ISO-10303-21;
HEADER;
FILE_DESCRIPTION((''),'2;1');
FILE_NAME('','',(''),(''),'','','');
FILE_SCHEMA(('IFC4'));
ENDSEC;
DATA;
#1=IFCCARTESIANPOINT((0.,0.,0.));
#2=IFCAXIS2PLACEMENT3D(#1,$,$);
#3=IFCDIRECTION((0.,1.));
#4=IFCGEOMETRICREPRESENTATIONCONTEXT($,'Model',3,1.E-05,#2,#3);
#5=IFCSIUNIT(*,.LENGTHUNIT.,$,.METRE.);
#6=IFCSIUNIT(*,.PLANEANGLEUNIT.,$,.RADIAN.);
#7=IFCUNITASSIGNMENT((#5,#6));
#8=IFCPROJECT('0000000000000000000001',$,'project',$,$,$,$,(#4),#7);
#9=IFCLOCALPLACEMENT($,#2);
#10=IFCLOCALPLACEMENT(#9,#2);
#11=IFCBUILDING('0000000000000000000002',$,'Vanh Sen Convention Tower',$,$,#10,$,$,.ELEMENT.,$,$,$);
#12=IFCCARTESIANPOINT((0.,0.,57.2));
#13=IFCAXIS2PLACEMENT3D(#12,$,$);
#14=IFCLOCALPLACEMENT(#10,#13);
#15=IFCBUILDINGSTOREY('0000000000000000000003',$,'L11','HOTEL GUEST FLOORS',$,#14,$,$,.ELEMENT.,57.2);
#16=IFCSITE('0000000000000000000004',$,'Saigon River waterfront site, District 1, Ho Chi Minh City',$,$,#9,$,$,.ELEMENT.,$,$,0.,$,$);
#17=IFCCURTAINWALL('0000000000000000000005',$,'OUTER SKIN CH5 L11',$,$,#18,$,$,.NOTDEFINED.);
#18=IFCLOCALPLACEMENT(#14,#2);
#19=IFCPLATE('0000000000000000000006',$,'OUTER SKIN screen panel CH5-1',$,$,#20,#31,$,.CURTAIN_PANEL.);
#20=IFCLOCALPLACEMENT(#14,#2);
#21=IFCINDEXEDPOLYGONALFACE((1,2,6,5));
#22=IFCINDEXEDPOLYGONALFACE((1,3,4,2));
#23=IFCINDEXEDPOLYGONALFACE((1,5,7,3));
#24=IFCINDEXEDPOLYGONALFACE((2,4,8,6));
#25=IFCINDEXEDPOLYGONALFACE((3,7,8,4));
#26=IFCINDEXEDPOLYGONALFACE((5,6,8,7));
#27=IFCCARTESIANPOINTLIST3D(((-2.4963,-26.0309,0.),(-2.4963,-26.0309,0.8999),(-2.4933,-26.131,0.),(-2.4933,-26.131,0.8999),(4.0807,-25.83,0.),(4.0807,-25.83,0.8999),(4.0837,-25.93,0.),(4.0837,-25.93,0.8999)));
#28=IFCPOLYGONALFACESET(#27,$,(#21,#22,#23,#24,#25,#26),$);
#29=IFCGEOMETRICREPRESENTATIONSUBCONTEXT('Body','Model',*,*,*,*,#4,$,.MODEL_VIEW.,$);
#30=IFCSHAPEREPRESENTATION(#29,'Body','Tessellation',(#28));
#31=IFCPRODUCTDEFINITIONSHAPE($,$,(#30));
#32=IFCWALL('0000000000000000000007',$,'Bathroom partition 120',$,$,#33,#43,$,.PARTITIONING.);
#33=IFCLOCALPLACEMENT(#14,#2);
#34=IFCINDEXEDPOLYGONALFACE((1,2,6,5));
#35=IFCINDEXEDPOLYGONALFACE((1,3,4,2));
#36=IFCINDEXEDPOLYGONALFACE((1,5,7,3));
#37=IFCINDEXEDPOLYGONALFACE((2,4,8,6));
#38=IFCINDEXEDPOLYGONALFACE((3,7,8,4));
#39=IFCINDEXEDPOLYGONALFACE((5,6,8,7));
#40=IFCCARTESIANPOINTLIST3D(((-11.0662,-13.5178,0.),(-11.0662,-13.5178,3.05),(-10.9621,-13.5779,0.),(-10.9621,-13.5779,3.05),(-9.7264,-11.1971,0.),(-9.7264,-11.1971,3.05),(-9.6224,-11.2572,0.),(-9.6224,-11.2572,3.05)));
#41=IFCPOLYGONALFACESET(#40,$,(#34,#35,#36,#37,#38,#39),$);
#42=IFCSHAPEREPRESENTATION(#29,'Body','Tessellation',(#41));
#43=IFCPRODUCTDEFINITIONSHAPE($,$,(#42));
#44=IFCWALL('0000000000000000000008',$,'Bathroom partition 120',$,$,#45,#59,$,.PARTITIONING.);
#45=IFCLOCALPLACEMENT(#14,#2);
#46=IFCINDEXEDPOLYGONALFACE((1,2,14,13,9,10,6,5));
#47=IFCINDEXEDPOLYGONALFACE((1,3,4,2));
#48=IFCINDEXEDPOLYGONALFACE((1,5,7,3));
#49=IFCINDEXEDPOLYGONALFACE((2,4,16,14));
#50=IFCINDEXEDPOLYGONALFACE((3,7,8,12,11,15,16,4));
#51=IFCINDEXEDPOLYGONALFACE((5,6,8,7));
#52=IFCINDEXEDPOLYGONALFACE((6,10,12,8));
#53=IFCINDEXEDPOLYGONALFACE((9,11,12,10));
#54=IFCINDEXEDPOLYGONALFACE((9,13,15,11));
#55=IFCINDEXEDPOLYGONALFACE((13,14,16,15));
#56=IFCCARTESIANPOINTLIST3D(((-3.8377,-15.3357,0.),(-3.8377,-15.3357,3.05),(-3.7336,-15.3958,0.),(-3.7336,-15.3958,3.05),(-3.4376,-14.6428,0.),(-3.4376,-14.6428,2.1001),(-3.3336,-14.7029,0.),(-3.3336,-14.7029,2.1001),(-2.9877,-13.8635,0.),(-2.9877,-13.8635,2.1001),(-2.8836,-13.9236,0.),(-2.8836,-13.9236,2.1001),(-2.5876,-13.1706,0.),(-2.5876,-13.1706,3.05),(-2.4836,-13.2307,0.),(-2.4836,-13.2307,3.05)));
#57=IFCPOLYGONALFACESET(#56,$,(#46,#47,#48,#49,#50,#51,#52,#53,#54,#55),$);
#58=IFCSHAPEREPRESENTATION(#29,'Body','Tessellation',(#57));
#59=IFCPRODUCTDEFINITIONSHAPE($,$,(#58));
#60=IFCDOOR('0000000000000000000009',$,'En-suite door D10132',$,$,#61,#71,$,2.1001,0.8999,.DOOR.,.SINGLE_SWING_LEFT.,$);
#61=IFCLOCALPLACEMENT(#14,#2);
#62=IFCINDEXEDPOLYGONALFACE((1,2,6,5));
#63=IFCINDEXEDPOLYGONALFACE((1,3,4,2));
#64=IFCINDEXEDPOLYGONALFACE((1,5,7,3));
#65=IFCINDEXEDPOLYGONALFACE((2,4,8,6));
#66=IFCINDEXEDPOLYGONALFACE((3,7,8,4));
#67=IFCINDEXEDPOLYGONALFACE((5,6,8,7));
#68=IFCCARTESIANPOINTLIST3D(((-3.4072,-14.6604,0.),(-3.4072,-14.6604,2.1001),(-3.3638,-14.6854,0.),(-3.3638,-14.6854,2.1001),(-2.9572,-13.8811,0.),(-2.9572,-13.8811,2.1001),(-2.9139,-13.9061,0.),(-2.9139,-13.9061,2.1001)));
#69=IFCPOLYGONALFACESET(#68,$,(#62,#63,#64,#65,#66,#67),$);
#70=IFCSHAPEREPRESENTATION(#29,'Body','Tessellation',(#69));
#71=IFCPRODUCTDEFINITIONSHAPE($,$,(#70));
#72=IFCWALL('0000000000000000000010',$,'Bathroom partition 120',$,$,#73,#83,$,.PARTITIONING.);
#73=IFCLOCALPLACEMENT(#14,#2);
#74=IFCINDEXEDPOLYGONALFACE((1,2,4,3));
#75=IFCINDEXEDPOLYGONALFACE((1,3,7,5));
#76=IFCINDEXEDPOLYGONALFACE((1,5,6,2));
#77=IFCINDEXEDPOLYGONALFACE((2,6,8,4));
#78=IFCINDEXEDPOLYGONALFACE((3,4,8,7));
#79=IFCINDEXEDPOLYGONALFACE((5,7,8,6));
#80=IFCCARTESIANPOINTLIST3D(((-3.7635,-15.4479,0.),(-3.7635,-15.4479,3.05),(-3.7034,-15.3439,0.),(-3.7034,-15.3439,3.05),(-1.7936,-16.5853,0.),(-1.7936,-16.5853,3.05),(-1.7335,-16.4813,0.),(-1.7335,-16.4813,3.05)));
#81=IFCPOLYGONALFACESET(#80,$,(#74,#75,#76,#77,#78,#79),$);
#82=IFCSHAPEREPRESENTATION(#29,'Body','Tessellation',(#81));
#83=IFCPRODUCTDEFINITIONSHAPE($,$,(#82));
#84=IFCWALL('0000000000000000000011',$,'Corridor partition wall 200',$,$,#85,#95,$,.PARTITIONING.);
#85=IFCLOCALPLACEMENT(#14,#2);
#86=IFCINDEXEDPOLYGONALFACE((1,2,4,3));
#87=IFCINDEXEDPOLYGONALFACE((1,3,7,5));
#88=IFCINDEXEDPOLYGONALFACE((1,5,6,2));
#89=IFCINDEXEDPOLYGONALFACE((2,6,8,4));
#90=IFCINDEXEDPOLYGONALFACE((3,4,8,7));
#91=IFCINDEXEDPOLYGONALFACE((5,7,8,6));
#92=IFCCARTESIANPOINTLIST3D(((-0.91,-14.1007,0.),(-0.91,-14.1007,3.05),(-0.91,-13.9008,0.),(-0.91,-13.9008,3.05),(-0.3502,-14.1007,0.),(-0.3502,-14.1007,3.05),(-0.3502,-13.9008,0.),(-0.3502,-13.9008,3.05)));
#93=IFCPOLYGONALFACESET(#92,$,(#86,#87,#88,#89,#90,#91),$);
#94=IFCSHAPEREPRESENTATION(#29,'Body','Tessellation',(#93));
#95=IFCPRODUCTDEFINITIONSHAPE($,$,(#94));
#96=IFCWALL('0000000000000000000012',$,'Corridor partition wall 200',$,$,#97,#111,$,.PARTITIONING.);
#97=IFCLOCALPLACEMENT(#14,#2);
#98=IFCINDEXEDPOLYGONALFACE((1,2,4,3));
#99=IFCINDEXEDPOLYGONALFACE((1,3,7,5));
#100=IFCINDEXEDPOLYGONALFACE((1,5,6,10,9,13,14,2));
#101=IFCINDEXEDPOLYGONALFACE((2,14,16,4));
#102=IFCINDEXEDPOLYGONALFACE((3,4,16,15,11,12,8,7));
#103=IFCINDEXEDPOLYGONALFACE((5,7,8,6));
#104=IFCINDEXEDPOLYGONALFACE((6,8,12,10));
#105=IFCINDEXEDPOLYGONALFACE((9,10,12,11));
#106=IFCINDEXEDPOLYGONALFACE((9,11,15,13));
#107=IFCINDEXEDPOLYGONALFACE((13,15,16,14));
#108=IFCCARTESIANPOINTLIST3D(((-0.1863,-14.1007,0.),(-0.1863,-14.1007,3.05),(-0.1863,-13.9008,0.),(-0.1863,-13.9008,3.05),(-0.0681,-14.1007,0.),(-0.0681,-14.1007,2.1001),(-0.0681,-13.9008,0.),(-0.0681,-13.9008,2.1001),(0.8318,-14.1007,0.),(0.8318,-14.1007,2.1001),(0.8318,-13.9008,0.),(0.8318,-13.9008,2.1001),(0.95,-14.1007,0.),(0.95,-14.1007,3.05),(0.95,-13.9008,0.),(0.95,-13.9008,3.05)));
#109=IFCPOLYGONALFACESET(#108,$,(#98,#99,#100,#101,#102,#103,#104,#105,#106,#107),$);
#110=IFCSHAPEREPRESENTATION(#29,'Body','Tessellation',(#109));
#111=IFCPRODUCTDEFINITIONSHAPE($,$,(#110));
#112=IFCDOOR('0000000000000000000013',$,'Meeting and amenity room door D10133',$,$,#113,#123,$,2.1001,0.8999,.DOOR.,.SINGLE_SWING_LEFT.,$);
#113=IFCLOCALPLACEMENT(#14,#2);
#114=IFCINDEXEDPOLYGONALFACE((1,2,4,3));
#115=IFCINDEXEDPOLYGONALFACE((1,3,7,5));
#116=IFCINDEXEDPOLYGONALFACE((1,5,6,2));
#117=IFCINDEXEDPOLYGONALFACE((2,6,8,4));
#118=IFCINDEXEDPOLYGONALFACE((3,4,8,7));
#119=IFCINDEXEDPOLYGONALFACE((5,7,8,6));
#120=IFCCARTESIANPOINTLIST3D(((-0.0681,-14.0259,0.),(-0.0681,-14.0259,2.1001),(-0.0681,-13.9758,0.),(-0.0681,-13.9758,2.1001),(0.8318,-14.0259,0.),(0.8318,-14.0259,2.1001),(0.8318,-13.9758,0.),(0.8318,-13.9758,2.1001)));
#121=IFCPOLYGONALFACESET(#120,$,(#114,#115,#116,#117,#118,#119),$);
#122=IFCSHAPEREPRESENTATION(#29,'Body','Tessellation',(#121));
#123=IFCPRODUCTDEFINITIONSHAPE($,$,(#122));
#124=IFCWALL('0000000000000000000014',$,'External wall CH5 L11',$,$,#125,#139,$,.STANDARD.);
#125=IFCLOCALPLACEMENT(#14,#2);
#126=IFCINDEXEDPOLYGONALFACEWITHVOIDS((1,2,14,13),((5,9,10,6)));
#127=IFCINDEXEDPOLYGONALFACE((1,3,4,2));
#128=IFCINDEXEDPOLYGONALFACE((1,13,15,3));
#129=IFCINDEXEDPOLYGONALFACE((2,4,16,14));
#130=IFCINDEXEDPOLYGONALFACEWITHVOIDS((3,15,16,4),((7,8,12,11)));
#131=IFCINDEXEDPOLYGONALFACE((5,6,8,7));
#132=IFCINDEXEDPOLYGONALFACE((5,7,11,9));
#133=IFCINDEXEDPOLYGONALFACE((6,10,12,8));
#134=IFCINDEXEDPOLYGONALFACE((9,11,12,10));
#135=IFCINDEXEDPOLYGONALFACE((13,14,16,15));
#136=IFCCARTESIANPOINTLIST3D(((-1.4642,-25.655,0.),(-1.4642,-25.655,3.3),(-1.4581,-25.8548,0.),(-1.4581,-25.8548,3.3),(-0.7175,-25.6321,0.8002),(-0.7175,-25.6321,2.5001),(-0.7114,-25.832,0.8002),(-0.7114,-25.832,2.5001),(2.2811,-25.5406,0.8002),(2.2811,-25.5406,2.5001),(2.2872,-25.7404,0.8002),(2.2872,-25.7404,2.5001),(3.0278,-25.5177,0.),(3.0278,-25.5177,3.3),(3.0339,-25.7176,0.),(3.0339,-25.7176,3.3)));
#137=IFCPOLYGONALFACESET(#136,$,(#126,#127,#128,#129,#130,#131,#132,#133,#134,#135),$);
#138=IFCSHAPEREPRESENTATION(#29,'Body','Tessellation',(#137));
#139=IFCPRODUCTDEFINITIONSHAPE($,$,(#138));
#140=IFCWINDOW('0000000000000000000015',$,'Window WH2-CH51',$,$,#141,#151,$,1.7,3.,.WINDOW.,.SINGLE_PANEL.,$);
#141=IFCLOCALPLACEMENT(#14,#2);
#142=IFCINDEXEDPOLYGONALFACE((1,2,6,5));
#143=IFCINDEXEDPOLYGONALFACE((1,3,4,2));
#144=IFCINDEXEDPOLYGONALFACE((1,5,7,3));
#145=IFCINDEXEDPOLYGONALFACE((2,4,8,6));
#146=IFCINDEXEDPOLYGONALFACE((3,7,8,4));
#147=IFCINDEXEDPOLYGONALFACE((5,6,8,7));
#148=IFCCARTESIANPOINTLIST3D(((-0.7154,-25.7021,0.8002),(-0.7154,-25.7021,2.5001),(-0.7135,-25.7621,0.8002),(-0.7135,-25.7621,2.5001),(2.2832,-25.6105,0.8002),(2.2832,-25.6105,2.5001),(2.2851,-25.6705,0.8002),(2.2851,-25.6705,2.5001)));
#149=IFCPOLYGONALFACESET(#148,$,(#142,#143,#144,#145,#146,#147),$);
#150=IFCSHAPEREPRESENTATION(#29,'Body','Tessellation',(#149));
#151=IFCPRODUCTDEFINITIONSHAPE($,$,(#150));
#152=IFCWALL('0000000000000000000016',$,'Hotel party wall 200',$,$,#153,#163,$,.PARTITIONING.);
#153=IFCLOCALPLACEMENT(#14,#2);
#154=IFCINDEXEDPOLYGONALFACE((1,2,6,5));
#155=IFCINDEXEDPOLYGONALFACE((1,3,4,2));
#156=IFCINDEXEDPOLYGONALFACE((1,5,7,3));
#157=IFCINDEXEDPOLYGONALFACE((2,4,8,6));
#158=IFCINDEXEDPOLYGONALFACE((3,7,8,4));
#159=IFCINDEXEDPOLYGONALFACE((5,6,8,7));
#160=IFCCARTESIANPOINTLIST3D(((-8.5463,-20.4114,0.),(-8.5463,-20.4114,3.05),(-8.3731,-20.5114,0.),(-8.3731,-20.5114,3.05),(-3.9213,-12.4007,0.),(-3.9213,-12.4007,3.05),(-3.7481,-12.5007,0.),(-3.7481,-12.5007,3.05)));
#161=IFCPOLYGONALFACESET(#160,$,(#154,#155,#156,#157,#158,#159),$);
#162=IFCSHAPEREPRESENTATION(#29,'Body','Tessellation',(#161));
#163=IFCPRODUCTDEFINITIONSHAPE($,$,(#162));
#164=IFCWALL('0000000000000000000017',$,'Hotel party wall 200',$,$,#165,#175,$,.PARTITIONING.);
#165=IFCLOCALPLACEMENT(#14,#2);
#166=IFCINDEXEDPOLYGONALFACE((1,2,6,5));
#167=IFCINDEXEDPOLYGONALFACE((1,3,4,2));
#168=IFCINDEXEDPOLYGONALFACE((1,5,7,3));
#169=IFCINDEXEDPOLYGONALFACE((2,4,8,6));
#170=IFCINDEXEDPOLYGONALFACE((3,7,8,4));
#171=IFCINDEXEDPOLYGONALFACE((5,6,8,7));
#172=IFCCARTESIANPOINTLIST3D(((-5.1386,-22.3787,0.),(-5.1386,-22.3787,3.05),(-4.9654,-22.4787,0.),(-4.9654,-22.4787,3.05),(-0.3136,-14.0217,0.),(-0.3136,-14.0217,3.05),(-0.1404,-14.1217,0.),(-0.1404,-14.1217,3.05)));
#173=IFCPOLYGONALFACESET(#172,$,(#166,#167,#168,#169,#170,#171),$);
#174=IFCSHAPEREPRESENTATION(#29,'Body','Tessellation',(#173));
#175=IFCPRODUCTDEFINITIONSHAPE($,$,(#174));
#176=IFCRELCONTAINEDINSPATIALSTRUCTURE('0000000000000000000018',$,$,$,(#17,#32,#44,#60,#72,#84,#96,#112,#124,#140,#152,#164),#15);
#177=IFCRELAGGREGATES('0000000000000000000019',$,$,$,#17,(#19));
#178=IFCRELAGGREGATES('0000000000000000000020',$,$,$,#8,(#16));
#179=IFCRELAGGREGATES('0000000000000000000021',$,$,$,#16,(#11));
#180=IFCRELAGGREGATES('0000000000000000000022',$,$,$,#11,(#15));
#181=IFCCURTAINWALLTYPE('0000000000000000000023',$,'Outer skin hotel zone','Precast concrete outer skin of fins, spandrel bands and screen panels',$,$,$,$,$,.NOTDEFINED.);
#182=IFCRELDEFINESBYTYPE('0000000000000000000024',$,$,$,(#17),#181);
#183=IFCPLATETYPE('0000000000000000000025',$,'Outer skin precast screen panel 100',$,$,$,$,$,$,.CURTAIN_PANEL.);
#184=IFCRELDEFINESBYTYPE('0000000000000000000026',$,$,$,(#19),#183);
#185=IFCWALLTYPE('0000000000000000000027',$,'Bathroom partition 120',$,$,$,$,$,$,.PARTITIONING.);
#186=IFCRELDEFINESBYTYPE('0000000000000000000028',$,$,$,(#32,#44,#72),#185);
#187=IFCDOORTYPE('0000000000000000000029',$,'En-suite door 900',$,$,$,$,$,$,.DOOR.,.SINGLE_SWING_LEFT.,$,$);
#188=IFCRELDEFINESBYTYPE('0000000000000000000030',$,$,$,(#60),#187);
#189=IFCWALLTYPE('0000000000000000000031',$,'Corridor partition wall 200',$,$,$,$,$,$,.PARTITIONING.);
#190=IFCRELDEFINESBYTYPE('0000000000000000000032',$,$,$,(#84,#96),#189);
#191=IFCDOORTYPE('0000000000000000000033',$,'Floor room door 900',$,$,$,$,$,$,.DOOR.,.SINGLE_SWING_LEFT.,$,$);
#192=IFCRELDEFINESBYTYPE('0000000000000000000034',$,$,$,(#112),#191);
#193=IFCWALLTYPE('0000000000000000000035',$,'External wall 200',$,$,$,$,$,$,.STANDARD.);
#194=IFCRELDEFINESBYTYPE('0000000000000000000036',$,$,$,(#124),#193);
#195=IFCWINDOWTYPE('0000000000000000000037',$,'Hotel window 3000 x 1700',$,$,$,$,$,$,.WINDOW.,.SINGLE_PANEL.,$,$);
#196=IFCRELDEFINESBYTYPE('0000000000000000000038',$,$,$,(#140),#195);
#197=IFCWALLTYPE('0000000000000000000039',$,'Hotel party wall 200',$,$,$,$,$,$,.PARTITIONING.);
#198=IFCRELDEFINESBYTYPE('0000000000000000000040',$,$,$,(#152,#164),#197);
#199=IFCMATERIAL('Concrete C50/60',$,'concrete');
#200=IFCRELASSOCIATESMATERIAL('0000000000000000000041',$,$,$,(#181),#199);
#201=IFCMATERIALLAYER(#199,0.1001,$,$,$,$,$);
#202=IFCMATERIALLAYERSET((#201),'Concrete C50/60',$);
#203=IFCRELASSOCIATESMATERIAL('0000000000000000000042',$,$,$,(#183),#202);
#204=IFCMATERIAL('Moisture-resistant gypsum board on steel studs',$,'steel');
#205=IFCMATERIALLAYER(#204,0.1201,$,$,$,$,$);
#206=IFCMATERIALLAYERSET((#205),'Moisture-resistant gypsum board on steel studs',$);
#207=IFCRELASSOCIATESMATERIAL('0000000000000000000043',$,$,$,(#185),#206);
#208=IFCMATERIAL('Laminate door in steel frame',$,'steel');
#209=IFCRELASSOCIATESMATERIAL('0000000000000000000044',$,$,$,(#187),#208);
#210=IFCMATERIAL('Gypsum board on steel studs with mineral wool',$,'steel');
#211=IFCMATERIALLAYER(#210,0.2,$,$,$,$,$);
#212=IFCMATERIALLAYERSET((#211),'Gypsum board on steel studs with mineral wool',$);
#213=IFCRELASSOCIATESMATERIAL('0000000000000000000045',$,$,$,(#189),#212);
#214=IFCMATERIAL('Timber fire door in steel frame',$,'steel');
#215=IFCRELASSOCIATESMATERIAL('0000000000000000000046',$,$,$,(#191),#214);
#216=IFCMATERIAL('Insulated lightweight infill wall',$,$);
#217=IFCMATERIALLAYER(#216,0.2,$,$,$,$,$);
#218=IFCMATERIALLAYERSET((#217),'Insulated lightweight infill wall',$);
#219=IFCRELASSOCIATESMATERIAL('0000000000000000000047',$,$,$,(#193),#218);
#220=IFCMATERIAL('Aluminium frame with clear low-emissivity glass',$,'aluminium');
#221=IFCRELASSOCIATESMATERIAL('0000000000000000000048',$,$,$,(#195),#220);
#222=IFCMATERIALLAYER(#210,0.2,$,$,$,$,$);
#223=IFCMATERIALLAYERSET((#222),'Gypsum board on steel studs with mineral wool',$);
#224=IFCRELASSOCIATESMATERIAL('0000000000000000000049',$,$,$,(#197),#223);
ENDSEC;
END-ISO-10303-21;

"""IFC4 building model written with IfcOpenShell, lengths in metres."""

from ifc_helpers import new_model, si_unit, direction, frame, frame_2d, origin, origin_2d, place, context, subcontext, project, spatial, rectangle, extrude, material, layer, layer_set, type_object, element, fill, aggregate, save


model = new_model("IFC4")

# Units and contexts
model_context = context("Model", 3, precision=1e-05, world=origin(), true_north=direction((0.0, 1.0)))
body_context = subcontext(model_context, "Body", "Model", "MODEL_VIEW")
ifc_project = project(units=[si_unit("LENGTHUNIT", "METRE"), si_unit("PLANEANGLEUNIT", "RADIAN")], contexts=[model_context])

# Site, building, storey
site_placement = place(None, origin())
site = spatial("IfcSite", under=ifc_project, at=site_placement, Name="Saigon River waterfront site, District 1, Ho Chi Minh City", CompositionType="ELEMENT", RefElevation=0.0)
building_placement = place(site_placement, origin())
building = spatial("IfcBuilding", under=site, at=building_placement, Name="Vanh Sen Convention Tower", CompositionType="ELEMENT")
storey_placement = place(building_placement, frame((0.0, 0.0, 57.2)))
storey = spatial("IfcBuildingStorey", under=building, at=storey_placement, Name="L11", Description="HOTEL GUEST FLOORS", CompositionType="ELEMENT", Elevation=57.2)

# Shared definitions
ifc_material_1 = material(Name="Concrete C50/60", Category="concrete")
curtain_wall_type = type_object("IfcCurtainWallType", Name="Outer skin hotel zone", Description="Precast concrete outer skin of fins, spandrel bands and screen panels", PredefinedType="NOTDEFINED", material=ifc_material_1)

# Curtain wall
curtain_wall_1_placement = place(storey_placement, origin())
curtain_wall_1 = element("IfcCurtainWall", 1, at=curtain_wall_1_placement, inside=storey, type_object=curtain_wall_type, Name="OUTER SKIN CH5 L11", PredefinedType="NOTDEFINED")

# Plate
ifc_layer_1 = layer(ifc_material_1, 0.1001)
ifc_layer_set_1 = layer_set([ifc_layer_1], Name="Concrete C50/60")
plate_type = type_object("IfcPlateType", Name="Outer skin precast screen panel 100", PredefinedType="CURTAIN_PANEL", material=ifc_layer_set_1)
plate_1_placement = place(storey_placement, frame((0.7937, -25.9805, 0.0), z_axis=(0.0, 0.0, 1.0), x_axis=(0.999533, 0.030542, 0.0)))
plate_1 = element("IfcPlate", 2, at=plate_1_placement, type_object=plate_type, Name="OUTER SKIN screen panel CH5-1", PredefinedType="CURTAIN_PANEL", context=body_context, shape_type="SweptSolid", body=[
    extrude(rectangle(XDim=6.5801, YDim=0.1001, at=origin_2d()), origin(), (0.0, 0.0, 1.0), 0.8999),
])
aggregate(curtain_wall_1, [plate_1])

# Wall
ifc_material_2 = material(Name="Moisture-resistant gypsum board on steel studs", Category="steel")
ifc_layer_2 = layer(ifc_material_2, 0.1201)
ifc_layer_set_2 = layer_set([ifc_layer_2], Name="Moisture-resistant gypsum board on steel studs")
wall_type_1 = type_object("IfcWallType", Name="Bathroom partition 120", PredefinedType="PARTITIONING", material=ifc_layer_set_2)
wall_1_placement = place(storey_placement, frame((-11.0142, -13.5479, 0.0), z_axis=(0.0, 0.0, 1.0), x_axis=(0.49998, 0.866037, 0.0)))
element("IfcWall", 3, at=wall_1_placement, inside=storey, type_object=wall_type_1, Name="Bathroom partition 120", PredefinedType="PARTITIONING", context=body_context, shape_type="SweptSolid", body=[
    extrude(rectangle(XDim=2.6797, YDim=0.1201, at=frame_2d((1.3398, 0.0))), origin(), (0.0, 0.0, 1.0), 3.05),
])

# Wall, opening, door
wall_2_placement = place(storey_placement, frame((-3.7856, -15.3657, 0.0), z_axis=(0.0, 0.0, 1.0), x_axis=(0.500004, 0.866023, 0.0)))
wall_2 = element("IfcWall", 4, at=wall_2_placement, inside=storey, type_object=wall_type_1, Name="Bathroom partition 120", PredefinedType="PARTITIONING", context=body_context, shape_type="SweptSolid", body=[
    extrude(rectangle(XDim=2.5, YDim=0.1201, at=frame_2d((1.25, 0.0))), origin(), (0.0, 0.0, 1.0), 3.05),
])
opening_1_placement = place(wall_2_placement, frame((0.8, 0.0, 0.0)))
opening_1 = element("IfcOpeningElement", 5, at=opening_1_placement, cuts=wall_2, PredefinedType="OPENING", context=body_context, shape_type="SweptSolid", body=[
    extrude(rectangle(XDim=0.8999, YDim=2.1001, at=frame_2d((0.45, 1.05))), frame((0.0, 0.0701, 0.0), z_axis=(0.0, -1.0, 0.0), x_axis=(1.0, 0.0, 0.0)), (0.0, 0.0, 1.0), 0.1401),
])
ifc_material_3 = material(Name="Laminate door in steel frame", Category="steel")
door_type_1 = type_object("IfcDoorType", Name="En-suite door 900", OperationType="SINGLE_SWING_LEFT", PredefinedType="DOOR", material=ifc_material_3)
door_1_placement = place(opening_1_placement, origin())
door_1 = element("IfcDoor", 6, at=door_1_placement, inside=storey, type_object=door_type_1, Name="En-suite door D10132", OperationType="SINGLE_SWING_LEFT", OverallHeight=2.1001, OverallWidth=0.8999, PredefinedType="DOOR", context=body_context, shape_type="SweptSolid", body=[
    extrude(rectangle(XDim=0.8999, YDim=2.1001, at=frame_2d((0.45, 1.05))), frame((0.0, 0.0249, 0.0), z_axis=(0.0, -1.0, 0.0), x_axis=(1.0, 0.0, 0.0)), (0.0, 0.0, 1.0), 0.05),
])
fill(opening_1, door_1)

# Walls
wall_3_placement = place(storey_placement, frame((-1.7637, -16.5332, 0.0), z_axis=(0.0, 0.0, 1.0), x_axis=(-0.866009, 0.500029, 0.0)))
element("IfcWall", 7, at=wall_3_placement, inside=storey, type_object=wall_type_1, Name="Bathroom partition 120", PredefinedType="PARTITIONING", context=body_context, shape_type="SweptSolid", body=[
    extrude(rectangle(XDim=2.2747, YDim=0.1201, at=frame_2d((1.1372, 0.0))), origin(), (0.0, 0.0, 1.0), 3.05),
])
ifc_material_4 = material(Name="Gypsum board on steel studs with mineral wool", Category="steel")
ifc_layer_3 = layer(ifc_material_4, 0.2)
ifc_layer_set_3 = layer_set([ifc_layer_3], Name="Gypsum board on steel studs with mineral wool")
wall_type_2 = type_object("IfcWallType", Name="Corridor partition wall 200", PredefinedType="PARTITIONING", material=ifc_layer_set_3)
wall_4_placement = place(storey_placement, frame((-0.9099, -14.0007, 0.0), z_axis=(0.0, 0.0, 1.0), x_axis=(1.0, 0.0, 0.0)))
element("IfcWall", 8, at=wall_4_placement, inside=storey, type_object=wall_type_2, Name="Corridor partition wall 200", PredefinedType="PARTITIONING", context=body_context, shape_type="SweptSolid", body=[
    extrude(rectangle(XDim=0.5598, YDim=0.2, at=frame_2d((0.2798, 0.0))), origin(), (0.0, 0.0, 1.0), 3.05),
])

# Wall, opening, door
wall_5_placement = place(storey_placement, frame((-0.1863, -14.0007, 0.0), z_axis=(0.0, 0.0, 1.0), x_axis=(1.0, 0.0, 0.0)))
wall_5 = element("IfcWall", 9, at=wall_5_placement, inside=storey, type_object=wall_type_2, Name="Corridor partition wall 200", PredefinedType="PARTITIONING", context=body_context, shape_type="SweptSolid", body=[
    extrude(rectangle(XDim=1.1362, YDim=0.2, at=frame_2d((0.5681, 0.0))), origin(), (0.0, 0.0, 1.0), 3.05),
])
opening_2_placement = place(wall_5_placement, frame((0.1182, 0.0, 0.0)))
opening_2 = element("IfcOpeningElement", 10, at=opening_2_placement, cuts=wall_5, PredefinedType="OPENING", context=body_context, shape_type="SweptSolid", body=[
    extrude(rectangle(XDim=0.8999, YDim=2.1001, at=frame_2d((0.45, 1.05))), frame((0.0, 0.1099, 0.0), z_axis=(0.0, -1.0, 0.0), x_axis=(1.0, 0.0, 0.0)), (0.0, 0.0, 1.0), 0.22),
])
ifc_material_5 = material(Name="Timber fire door in steel frame", Category="steel")
door_type_2 = type_object("IfcDoorType", Name="Floor room door 900", OperationType="SINGLE_SWING_LEFT", PredefinedType="DOOR", material=ifc_material_5)
door_2_placement = place(opening_2_placement, origin())
door_2 = element("IfcDoor", 11, at=door_2_placement, inside=storey, type_object=door_type_2, Name="Meeting and amenity room door D10133", OperationType="SINGLE_SWING_LEFT", OverallHeight=2.1001, OverallWidth=0.8999, PredefinedType="DOOR", context=body_context, shape_type="SweptSolid", body=[
    extrude(rectangle(XDim=0.8999, YDim=2.1001, at=frame_2d((0.45, 1.05))), frame((0.0, 0.0249, 0.0), z_axis=(0.0, -1.0, 0.0), x_axis=(1.0, 0.0, 0.0)), (0.0, 0.0, 1.0), 0.05),
])
fill(opening_2, door_2)

# Wall, opening, window
ifc_material_6 = material(Name="Insulated lightweight infill wall")
ifc_layer_4 = layer(ifc_material_6, 0.2)
ifc_layer_set_4 = layer_set([ifc_layer_4], Name="Insulated lightweight infill wall")
wall_type_3 = type_object("IfcWallType", Name="External wall 200", PredefinedType="STANDARD", material=ifc_layer_set_4)
wall_6_placement = place(storey_placement, frame((-1.4612, -25.7549, 0.0), z_axis=(0.0, 0.0, 1.0), x_axis=(0.999534, 0.030531, 0.0)))
wall_6 = element("IfcWall", 12, at=wall_6_placement, inside=storey, type_object=wall_type_3, Name="External wall CH5 L11", PredefinedType="STANDARD", context=body_context, shape_type="SweptSolid", body=[
    extrude(rectangle(XDim=4.4941, YDim=0.2, at=frame_2d((2.2471, 0.0))), origin(), (0.0, 0.0, 1.0), 3.3),
])
opening_3_placement = place(wall_6_placement, frame((0.7471, 0.0, 0.8)))
opening_3 = element("IfcOpeningElement", 13, at=opening_3_placement, cuts=wall_6, PredefinedType="OPENING", context=body_context, shape_type="SweptSolid", body=[
    extrude(rectangle(XDim=3.0, YDim=1.7, at=frame_2d((1.5, 0.8501))), frame((0.0, 0.1099, 0.0), z_axis=(0.0, -1.0, 0.0), x_axis=(1.0, 0.0, 0.0)), (0.0, 0.0, 1.0), 0.22),
])
ifc_material_7 = material(Name="Aluminium frame with clear low-emissivity glass", Category="aluminium")
window_type = type_object("IfcWindowType", Name="Hotel window 3000 x 1700", PartitioningType="SINGLE_PANEL", PredefinedType="WINDOW", material=ifc_material_7)
window_placement = place(opening_3_placement, origin())
window = element("IfcWindow", 14, at=window_placement, inside=storey, type_object=window_type, Name="Window WH2-CH51", OverallHeight=1.7, OverallWidth=3.0, PartitioningType="SINGLE_PANEL", PredefinedType="WINDOW", context=body_context, shape_type="SweptSolid", body=[
    extrude(rectangle(XDim=3.0, YDim=1.7, at=frame_2d((1.5, 0.8501))), frame((0.0, 0.03, 0.0), z_axis=(0.0, -1.0, 0.0), x_axis=(1.0, 0.0, 0.0)), (0.0, 0.0, 1.0), 0.0601),
])
fill(opening_3, window)

# Walls
ifc_layer_5 = layer(ifc_material_4, 0.2)
ifc_layer_set_5 = layer_set([ifc_layer_5], Name="Gypsum board on steel studs with mineral wool")
wall_type_4 = type_object("IfcWallType", Name="Hotel party wall 200", PredefinedType="PARTITIONING", material=ifc_layer_set_5)
wall_7_placement = place(storey_placement, frame((-8.4597, -20.4614, 0.0), z_axis=(0.0, 0.0, 1.0), x_axis=(0.5, 0.866026, 0.0)))
element("IfcWall", 15, at=wall_7_placement, inside=storey, type_object=wall_type_4, Name="Hotel party wall 200", PredefinedType="PARTITIONING", context=body_context, shape_type="SweptSolid", body=[
    extrude(rectangle(XDim=9.25, YDim=0.2, at=frame_2d((4.625, 0.0))), origin(), (0.0, 0.0, 1.0), 3.05),
])
wall_8_placement = place(storey_placement, frame((-5.052, -22.4287, 0.0), z_axis=(0.0, 0.0, 1.0), x_axis=(0.500006, 0.866022, 0.0)))
element("IfcWall", 16, at=wall_8_placement, inside=storey, type_object=wall_type_4, Name="Hotel party wall 200", PredefinedType="PARTITIONING", context=body_context, shape_type="SweptSolid", body=[
    extrude(rectangle(XDim=9.6499, YDim=0.2, at=frame_2d((4.825, 0.0))), origin(), (0.0, 0.0, 1.0), 3.05),
])

save(model, "model.ifc")
